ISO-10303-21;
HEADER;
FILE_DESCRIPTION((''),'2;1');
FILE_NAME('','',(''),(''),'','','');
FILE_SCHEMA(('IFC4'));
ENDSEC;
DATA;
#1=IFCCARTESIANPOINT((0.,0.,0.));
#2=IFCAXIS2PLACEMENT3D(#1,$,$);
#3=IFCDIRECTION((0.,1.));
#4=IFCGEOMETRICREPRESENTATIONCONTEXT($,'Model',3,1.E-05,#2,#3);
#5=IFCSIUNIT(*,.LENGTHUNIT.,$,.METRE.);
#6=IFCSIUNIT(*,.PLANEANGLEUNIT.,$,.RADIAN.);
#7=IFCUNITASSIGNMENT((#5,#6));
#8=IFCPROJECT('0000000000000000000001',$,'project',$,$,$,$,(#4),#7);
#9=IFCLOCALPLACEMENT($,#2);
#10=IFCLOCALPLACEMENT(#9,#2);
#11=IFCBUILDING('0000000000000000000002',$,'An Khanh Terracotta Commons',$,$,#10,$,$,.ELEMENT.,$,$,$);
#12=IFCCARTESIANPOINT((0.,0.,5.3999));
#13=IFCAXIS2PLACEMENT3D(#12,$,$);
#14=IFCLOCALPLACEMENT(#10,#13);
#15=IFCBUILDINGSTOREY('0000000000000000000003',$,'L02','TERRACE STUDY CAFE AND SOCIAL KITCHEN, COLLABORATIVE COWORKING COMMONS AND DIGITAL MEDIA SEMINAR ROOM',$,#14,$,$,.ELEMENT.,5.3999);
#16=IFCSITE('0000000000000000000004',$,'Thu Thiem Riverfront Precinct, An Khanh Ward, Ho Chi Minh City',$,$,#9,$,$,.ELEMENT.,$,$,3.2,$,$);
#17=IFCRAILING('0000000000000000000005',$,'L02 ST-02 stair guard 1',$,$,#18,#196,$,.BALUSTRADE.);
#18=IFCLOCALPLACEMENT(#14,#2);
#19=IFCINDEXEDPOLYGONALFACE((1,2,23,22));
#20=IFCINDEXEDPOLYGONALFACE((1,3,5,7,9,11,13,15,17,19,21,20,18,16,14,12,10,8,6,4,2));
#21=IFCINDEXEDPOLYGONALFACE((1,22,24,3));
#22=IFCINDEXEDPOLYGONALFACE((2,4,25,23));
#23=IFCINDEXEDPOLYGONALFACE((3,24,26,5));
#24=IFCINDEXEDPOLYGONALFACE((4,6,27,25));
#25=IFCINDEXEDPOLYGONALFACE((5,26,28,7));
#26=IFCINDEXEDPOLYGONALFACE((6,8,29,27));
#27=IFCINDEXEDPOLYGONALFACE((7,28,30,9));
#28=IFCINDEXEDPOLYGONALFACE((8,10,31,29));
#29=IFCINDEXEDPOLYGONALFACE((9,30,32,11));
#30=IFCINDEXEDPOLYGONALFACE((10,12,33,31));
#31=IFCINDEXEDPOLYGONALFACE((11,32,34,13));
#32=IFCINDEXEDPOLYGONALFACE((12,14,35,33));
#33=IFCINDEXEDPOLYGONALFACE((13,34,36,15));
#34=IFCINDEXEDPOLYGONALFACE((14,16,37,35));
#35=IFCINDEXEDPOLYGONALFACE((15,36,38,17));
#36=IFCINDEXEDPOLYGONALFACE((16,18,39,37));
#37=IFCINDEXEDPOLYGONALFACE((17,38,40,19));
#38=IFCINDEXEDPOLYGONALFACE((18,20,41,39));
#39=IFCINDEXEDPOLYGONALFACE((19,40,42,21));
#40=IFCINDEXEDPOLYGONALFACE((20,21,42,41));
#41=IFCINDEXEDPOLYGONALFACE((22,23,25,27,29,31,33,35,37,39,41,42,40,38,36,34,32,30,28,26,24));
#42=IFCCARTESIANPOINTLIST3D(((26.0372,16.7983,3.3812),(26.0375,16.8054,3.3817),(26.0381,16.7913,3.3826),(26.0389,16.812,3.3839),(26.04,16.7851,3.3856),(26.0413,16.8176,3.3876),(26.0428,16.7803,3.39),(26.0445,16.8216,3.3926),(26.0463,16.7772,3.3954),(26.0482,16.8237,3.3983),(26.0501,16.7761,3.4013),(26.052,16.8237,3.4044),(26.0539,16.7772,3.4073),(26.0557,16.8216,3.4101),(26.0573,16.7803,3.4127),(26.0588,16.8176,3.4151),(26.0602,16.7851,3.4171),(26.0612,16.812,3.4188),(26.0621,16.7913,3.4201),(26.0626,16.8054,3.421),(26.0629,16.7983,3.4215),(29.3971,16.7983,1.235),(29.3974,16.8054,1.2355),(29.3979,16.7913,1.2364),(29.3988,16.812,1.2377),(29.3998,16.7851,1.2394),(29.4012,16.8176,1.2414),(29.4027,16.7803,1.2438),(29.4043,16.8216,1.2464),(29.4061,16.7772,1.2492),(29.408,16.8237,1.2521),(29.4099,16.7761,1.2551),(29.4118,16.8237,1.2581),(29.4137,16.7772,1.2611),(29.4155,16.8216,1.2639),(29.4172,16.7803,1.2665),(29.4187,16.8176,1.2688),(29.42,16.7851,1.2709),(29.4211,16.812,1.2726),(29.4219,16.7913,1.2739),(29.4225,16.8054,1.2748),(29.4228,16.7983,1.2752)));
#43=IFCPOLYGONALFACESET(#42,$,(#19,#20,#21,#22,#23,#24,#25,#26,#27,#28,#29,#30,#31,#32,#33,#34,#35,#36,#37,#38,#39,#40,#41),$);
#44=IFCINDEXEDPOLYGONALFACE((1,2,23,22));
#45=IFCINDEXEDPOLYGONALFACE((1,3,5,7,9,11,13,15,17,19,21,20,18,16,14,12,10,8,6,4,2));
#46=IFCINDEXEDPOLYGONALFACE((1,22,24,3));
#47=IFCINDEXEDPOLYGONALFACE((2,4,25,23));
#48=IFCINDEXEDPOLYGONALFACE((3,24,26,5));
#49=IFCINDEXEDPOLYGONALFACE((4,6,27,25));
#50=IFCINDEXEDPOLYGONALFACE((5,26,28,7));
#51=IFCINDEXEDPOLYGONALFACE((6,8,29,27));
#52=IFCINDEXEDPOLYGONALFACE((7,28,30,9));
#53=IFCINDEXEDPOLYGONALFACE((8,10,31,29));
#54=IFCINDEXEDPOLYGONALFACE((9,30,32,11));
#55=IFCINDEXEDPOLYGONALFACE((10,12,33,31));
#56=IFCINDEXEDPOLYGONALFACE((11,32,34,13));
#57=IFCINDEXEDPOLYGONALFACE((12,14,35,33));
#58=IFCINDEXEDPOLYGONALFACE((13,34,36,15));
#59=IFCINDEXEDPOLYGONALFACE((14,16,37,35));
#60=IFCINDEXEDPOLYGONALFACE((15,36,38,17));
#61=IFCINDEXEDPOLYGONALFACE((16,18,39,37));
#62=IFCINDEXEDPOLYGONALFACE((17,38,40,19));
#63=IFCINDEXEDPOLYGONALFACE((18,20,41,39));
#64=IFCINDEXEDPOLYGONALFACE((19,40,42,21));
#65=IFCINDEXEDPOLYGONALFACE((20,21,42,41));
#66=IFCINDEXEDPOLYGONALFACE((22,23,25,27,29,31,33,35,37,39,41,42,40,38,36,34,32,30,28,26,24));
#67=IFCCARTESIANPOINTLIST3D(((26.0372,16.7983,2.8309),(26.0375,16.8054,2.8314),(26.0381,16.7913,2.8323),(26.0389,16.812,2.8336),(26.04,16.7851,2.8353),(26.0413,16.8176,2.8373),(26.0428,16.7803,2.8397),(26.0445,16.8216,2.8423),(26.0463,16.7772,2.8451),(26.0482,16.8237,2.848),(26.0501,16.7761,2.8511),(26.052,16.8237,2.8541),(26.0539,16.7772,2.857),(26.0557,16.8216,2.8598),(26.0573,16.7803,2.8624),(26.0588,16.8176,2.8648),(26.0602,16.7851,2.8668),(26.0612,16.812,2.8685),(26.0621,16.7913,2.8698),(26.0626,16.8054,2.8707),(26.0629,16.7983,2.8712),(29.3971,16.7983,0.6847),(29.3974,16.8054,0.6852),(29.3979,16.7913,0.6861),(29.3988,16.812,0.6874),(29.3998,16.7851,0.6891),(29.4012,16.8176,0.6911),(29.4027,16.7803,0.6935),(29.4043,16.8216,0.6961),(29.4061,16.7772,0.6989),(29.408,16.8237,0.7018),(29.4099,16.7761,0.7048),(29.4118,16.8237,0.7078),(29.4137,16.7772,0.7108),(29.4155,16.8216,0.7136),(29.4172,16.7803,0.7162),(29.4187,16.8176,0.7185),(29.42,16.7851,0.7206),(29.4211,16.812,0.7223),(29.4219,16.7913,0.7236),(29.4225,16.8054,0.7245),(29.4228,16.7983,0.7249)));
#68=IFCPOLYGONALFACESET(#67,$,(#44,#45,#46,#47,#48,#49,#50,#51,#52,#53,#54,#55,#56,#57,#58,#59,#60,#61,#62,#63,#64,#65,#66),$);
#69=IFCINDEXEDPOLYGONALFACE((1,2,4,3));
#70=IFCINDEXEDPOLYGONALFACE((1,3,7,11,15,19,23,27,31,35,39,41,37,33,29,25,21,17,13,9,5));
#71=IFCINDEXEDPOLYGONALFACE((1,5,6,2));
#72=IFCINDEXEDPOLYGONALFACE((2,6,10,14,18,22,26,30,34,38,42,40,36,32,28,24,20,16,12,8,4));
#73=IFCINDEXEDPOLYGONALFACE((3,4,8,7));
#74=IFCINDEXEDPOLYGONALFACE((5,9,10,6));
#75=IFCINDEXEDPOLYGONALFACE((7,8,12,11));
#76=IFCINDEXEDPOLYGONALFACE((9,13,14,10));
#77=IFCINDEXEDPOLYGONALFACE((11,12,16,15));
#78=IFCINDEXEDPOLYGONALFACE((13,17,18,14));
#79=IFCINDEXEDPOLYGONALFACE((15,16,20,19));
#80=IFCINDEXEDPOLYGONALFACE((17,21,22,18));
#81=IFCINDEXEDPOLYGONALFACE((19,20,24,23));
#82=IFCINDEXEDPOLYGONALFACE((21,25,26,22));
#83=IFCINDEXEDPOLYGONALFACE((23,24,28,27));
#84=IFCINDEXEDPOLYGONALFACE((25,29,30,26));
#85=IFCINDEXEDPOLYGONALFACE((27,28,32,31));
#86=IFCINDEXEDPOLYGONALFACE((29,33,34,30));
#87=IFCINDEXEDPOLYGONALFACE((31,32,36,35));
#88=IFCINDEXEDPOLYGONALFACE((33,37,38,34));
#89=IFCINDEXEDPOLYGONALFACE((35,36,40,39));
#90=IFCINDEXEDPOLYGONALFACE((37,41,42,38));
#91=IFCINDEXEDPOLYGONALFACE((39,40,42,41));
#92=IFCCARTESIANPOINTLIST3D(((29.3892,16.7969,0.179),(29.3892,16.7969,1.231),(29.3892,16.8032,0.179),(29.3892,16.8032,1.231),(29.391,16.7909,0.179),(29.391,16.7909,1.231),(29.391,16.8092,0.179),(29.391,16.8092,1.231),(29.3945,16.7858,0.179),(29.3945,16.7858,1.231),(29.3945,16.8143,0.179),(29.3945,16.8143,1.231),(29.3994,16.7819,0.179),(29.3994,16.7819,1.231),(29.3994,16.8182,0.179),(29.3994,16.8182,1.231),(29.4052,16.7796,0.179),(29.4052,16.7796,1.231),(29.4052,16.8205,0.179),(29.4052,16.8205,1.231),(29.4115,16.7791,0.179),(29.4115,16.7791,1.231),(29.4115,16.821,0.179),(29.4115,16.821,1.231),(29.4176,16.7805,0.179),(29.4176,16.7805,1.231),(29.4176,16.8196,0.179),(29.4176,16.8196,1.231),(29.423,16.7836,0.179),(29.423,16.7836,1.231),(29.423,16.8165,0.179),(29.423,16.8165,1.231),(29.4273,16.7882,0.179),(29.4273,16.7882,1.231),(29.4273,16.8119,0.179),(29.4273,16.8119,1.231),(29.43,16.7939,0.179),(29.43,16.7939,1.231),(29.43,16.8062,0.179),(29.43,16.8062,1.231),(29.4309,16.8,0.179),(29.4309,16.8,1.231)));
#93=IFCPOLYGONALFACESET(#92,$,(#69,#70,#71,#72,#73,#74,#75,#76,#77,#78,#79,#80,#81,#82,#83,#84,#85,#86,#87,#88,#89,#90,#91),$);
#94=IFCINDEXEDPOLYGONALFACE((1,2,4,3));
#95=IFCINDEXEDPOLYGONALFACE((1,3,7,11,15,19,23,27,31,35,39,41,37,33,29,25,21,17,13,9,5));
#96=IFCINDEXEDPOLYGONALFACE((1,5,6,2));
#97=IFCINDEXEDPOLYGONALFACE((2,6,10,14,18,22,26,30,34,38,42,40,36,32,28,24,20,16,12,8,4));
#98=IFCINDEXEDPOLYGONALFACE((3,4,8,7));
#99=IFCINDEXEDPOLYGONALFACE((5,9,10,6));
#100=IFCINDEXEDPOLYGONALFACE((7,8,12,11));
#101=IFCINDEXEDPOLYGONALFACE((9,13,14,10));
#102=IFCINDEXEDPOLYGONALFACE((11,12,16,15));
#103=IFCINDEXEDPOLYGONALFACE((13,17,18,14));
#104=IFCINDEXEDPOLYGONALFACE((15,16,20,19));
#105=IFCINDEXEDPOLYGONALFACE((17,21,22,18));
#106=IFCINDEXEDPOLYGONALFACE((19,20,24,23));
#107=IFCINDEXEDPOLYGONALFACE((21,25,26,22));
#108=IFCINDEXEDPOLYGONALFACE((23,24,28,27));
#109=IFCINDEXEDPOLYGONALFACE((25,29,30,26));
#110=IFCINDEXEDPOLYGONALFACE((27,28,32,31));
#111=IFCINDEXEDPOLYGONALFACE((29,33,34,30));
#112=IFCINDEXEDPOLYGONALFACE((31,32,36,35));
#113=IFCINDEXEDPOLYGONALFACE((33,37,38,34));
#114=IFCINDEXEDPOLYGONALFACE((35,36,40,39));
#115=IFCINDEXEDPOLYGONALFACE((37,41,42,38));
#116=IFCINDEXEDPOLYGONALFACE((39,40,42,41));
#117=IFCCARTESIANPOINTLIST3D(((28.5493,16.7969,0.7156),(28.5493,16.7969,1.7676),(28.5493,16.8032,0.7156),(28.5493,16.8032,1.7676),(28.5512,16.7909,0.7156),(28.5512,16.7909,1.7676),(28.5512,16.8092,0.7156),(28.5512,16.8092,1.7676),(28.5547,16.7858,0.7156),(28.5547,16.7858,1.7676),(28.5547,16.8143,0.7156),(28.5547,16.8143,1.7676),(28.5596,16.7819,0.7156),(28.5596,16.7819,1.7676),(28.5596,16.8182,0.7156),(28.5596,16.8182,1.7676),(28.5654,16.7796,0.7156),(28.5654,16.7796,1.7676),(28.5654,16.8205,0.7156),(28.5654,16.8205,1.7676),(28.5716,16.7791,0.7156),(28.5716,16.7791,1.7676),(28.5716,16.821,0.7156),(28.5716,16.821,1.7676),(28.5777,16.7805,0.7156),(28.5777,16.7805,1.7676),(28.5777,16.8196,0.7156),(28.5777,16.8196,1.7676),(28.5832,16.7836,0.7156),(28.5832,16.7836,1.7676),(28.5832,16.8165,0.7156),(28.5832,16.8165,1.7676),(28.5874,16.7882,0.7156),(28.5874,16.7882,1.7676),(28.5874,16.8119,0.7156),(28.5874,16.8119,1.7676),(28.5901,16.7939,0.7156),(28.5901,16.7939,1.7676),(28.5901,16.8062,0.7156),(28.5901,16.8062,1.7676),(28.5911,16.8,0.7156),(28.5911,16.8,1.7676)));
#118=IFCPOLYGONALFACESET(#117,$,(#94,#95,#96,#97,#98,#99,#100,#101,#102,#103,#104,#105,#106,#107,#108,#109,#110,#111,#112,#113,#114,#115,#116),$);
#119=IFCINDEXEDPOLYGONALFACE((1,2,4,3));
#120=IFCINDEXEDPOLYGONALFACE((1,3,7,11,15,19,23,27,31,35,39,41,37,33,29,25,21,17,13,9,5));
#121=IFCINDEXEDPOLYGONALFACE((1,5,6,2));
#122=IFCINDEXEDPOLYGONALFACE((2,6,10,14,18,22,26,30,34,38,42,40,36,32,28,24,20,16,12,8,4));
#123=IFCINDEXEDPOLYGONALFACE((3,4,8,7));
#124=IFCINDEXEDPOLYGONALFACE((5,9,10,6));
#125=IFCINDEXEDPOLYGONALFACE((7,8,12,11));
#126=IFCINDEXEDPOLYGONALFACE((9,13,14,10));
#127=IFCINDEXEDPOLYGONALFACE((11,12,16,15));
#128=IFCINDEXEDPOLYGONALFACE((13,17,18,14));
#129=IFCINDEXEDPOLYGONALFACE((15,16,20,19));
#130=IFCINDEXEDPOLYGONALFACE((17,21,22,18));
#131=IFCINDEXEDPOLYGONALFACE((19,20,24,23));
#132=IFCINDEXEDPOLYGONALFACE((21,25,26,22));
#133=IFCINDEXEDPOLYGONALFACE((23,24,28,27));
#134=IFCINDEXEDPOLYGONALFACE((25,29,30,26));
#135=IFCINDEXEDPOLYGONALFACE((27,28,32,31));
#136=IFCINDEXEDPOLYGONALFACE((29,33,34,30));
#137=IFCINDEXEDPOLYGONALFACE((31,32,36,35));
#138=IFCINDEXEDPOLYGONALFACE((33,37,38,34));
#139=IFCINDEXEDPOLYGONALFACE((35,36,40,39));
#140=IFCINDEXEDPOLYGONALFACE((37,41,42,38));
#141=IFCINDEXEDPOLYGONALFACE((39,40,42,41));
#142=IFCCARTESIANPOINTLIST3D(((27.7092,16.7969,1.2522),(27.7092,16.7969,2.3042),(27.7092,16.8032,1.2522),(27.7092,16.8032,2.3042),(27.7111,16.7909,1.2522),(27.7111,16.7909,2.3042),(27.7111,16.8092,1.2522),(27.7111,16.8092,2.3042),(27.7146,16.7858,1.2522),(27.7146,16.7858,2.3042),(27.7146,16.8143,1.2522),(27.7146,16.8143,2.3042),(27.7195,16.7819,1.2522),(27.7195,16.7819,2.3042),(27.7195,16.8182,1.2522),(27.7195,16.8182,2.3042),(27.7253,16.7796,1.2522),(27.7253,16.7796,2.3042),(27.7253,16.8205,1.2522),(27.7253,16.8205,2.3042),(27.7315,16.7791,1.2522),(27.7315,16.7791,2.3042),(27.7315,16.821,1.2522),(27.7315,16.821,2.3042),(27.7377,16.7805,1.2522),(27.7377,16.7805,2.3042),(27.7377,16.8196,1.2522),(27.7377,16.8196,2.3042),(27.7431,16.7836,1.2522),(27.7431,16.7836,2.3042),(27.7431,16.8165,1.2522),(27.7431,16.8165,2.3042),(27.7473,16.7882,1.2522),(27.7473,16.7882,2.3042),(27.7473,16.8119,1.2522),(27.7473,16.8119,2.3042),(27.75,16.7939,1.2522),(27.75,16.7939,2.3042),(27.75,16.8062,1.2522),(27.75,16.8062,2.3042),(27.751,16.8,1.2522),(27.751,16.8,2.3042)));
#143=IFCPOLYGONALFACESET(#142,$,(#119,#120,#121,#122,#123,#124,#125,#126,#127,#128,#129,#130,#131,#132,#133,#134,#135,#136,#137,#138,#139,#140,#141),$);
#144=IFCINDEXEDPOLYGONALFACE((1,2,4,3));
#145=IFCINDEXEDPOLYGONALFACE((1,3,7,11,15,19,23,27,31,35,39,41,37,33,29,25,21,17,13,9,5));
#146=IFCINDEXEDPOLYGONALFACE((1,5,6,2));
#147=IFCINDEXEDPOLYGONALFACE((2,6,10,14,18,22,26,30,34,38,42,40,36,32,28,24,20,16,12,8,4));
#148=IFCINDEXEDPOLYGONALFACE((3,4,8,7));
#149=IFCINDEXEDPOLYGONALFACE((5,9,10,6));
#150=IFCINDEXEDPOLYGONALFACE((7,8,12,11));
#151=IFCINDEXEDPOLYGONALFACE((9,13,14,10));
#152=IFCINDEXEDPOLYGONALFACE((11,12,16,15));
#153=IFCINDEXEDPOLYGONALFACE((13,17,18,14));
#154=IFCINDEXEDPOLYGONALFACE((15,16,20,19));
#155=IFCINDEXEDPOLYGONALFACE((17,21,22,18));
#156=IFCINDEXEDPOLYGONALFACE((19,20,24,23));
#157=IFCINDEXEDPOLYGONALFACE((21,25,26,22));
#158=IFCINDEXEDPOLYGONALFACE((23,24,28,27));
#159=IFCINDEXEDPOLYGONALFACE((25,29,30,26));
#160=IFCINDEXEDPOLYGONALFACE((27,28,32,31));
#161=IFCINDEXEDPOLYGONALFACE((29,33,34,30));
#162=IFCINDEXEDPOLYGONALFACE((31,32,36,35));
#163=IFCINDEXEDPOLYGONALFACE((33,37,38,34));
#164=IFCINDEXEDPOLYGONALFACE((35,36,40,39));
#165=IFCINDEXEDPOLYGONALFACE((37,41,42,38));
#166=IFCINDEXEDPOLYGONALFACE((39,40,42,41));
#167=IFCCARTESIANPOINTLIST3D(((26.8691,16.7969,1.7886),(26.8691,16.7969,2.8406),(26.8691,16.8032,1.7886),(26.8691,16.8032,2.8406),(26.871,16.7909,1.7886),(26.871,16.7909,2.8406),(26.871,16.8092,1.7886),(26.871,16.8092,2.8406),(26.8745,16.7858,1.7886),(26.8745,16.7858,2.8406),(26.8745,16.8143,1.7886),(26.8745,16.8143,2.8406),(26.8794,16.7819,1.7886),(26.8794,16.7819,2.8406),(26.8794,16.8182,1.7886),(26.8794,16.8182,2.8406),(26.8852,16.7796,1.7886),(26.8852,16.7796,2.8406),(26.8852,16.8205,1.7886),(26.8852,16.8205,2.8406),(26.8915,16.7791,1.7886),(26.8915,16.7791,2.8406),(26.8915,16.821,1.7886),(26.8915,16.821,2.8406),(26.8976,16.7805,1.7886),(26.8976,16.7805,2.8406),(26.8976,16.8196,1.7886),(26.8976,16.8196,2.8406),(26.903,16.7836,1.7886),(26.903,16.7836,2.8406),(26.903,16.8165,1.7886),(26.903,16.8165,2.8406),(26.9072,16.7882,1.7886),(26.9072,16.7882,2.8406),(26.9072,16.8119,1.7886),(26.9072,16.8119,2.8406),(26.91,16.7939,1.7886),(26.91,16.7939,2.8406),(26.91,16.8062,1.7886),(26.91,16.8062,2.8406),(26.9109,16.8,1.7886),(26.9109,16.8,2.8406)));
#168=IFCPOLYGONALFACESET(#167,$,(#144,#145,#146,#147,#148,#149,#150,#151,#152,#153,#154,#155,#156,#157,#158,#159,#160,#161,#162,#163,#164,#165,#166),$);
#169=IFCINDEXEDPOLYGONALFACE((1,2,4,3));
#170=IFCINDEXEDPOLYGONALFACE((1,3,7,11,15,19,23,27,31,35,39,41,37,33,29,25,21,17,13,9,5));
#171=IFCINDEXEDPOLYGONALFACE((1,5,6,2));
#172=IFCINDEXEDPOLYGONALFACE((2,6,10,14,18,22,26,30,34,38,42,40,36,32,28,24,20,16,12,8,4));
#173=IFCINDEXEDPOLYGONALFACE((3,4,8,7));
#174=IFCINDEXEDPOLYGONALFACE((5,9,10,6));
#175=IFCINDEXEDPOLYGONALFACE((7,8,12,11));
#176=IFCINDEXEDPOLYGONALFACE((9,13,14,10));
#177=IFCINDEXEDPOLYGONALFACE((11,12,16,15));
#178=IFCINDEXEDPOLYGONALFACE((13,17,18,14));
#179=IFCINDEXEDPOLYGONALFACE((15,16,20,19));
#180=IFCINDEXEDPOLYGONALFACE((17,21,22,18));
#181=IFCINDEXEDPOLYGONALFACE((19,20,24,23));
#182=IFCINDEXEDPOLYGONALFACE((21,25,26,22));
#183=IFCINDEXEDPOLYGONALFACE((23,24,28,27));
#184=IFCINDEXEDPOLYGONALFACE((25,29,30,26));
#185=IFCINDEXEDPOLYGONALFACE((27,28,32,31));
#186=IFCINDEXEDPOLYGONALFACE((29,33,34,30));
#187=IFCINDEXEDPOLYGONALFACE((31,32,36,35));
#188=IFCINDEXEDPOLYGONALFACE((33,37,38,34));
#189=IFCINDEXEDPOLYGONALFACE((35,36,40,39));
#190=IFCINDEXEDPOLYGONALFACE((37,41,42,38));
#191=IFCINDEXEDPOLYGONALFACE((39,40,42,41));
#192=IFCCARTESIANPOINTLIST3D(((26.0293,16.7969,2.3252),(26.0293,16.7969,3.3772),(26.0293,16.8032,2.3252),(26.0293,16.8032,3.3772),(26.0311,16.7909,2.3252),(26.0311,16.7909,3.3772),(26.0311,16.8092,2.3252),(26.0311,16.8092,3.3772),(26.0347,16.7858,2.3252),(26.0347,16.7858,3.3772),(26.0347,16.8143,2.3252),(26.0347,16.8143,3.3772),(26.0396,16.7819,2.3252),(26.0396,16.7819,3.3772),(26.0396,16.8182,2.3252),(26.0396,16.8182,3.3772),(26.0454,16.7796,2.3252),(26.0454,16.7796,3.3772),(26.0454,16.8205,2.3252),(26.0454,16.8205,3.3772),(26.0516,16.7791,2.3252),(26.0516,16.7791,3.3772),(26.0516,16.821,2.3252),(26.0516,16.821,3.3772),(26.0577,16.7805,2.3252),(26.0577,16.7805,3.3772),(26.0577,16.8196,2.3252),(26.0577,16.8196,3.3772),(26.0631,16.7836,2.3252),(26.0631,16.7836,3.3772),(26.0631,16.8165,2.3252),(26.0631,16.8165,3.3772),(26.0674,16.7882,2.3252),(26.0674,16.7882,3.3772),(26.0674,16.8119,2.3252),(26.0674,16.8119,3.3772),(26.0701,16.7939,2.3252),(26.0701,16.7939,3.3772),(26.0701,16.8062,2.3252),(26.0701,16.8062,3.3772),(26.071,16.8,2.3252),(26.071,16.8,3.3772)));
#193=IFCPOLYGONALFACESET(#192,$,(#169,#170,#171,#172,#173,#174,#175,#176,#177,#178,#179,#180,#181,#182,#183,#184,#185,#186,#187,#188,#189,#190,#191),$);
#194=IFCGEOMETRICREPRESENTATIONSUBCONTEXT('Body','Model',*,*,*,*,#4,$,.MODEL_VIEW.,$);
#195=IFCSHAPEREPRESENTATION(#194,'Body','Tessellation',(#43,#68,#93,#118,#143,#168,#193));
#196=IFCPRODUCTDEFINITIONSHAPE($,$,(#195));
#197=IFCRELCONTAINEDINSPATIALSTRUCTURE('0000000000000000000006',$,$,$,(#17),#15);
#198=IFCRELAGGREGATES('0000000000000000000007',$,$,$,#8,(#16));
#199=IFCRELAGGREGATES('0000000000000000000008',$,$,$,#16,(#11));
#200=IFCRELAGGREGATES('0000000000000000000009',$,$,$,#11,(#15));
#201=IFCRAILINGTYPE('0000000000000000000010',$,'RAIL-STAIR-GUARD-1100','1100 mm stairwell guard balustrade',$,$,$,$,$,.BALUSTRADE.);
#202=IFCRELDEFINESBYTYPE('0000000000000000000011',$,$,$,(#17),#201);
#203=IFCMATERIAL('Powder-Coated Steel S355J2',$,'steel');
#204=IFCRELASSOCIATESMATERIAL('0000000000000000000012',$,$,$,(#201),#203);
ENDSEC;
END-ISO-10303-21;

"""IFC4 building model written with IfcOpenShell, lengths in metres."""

from ifc_helpers import new_model, si_unit, direction, frame, origin, origin_2d, place, context, subcontext, project, spatial, circle, extrude, material, type_object, element, save


model = new_model("IFC4")

# Units and contexts
model_context = context("Model", 3, precision=1e-05, world=origin(), true_north=direction((0.0, 1.0)))
body_context = subcontext(model_context, "Body", "Model", "MODEL_VIEW")
ifc_project = project(units=[si_unit("LENGTHUNIT", "METRE"), si_unit("PLANEANGLEUNIT", "RADIAN")], contexts=[model_context])

# Site, building, storey
site_placement = place(None, origin())
site = spatial("IfcSite", under=ifc_project, at=site_placement, Name="Thu Thiem Riverfront Precinct, An Khanh Ward, Ho Chi Minh City", CompositionType="ELEMENT", RefElevation=3.2)
building_placement = place(site_placement, origin())
building = spatial("IfcBuilding", under=site, at=building_placement, Name="An Khanh Terracotta Commons", CompositionType="ELEMENT")
storey_placement = place(building_placement, frame((0.0, 0.0, 5.3999)))
storey = spatial("IfcBuildingStorey", under=building, at=storey_placement, Name="L02", Description="TERRACE STUDY CAFE AND SOCIAL KITCHEN, COLLABORATIVE COWORKING COMMONS AND DIGITAL MEDIA SEMINAR ROOM", CompositionType="ELEMENT", Elevation=5.3999)

# Railing
ifc_material_1 = material(Name="Powder-Coated Steel S355J2", Category="steel")
railing_type = type_object("IfcRailingType", Name="RAIL-STAIR-GUARD-1100", Description="1100 mm stairwell guard balustrade", PredefinedType="BALUSTRADE", material=ifc_material_1)
railing_1_placement = place(storey_placement, frame((29.4099, 16.8, 0.179)))
element("IfcRailing", 1, at=railing_1_placement, inside=storey, type_object=railing_type, Name="L02 ST-02 stair guard 1", PredefinedType="BALUSTRADE", context=body_context, shape_type="SweptSolid", body=[
    extrude(circle(Radius=0.0239, at=origin_2d()), frame((0.0, 0.0, 1.0762), z_axis=(-0.842735, 0.0, 0.538329), x_axis=(0.0, -1.0, 0.0)), (0.0, 0.0, 1.0), 3.9868),
    extrude(circle(Radius=0.0239, at=origin_2d()), frame((0.0, 0.0, 0.5259), z_axis=(-0.842735, 0.0, 0.538329), x_axis=(0.0, -1.0, 0.0)), (0.0, 0.0, 1.0), 3.9868),
    extrude(circle(Radius=0.021, at=origin_2d()), origin(), (0.0, 0.0, 1.0), 1.052),
    extrude(circle(Radius=0.021, at=origin_2d()), frame((-0.8398, 0.0, 0.5366)), (0.0, 0.0, 1.0), 1.052),
    extrude(circle(Radius=0.021, at=origin_2d()), frame((-1.6799, 0.0, 1.0732)), (0.0, 0.0, 1.0), 1.052),
    extrude(circle(Radius=0.021, at=origin_2d()), frame((-2.52, 0.0, 1.6096)), (0.0, 0.0, 1.0), 1.052),
    extrude(circle(Radius=0.021, at=origin_2d()), frame((-3.3599, 0.0, 2.1462)), (0.0, 0.0, 1.0), 1.052),
])

save(model, "model.ifc")
